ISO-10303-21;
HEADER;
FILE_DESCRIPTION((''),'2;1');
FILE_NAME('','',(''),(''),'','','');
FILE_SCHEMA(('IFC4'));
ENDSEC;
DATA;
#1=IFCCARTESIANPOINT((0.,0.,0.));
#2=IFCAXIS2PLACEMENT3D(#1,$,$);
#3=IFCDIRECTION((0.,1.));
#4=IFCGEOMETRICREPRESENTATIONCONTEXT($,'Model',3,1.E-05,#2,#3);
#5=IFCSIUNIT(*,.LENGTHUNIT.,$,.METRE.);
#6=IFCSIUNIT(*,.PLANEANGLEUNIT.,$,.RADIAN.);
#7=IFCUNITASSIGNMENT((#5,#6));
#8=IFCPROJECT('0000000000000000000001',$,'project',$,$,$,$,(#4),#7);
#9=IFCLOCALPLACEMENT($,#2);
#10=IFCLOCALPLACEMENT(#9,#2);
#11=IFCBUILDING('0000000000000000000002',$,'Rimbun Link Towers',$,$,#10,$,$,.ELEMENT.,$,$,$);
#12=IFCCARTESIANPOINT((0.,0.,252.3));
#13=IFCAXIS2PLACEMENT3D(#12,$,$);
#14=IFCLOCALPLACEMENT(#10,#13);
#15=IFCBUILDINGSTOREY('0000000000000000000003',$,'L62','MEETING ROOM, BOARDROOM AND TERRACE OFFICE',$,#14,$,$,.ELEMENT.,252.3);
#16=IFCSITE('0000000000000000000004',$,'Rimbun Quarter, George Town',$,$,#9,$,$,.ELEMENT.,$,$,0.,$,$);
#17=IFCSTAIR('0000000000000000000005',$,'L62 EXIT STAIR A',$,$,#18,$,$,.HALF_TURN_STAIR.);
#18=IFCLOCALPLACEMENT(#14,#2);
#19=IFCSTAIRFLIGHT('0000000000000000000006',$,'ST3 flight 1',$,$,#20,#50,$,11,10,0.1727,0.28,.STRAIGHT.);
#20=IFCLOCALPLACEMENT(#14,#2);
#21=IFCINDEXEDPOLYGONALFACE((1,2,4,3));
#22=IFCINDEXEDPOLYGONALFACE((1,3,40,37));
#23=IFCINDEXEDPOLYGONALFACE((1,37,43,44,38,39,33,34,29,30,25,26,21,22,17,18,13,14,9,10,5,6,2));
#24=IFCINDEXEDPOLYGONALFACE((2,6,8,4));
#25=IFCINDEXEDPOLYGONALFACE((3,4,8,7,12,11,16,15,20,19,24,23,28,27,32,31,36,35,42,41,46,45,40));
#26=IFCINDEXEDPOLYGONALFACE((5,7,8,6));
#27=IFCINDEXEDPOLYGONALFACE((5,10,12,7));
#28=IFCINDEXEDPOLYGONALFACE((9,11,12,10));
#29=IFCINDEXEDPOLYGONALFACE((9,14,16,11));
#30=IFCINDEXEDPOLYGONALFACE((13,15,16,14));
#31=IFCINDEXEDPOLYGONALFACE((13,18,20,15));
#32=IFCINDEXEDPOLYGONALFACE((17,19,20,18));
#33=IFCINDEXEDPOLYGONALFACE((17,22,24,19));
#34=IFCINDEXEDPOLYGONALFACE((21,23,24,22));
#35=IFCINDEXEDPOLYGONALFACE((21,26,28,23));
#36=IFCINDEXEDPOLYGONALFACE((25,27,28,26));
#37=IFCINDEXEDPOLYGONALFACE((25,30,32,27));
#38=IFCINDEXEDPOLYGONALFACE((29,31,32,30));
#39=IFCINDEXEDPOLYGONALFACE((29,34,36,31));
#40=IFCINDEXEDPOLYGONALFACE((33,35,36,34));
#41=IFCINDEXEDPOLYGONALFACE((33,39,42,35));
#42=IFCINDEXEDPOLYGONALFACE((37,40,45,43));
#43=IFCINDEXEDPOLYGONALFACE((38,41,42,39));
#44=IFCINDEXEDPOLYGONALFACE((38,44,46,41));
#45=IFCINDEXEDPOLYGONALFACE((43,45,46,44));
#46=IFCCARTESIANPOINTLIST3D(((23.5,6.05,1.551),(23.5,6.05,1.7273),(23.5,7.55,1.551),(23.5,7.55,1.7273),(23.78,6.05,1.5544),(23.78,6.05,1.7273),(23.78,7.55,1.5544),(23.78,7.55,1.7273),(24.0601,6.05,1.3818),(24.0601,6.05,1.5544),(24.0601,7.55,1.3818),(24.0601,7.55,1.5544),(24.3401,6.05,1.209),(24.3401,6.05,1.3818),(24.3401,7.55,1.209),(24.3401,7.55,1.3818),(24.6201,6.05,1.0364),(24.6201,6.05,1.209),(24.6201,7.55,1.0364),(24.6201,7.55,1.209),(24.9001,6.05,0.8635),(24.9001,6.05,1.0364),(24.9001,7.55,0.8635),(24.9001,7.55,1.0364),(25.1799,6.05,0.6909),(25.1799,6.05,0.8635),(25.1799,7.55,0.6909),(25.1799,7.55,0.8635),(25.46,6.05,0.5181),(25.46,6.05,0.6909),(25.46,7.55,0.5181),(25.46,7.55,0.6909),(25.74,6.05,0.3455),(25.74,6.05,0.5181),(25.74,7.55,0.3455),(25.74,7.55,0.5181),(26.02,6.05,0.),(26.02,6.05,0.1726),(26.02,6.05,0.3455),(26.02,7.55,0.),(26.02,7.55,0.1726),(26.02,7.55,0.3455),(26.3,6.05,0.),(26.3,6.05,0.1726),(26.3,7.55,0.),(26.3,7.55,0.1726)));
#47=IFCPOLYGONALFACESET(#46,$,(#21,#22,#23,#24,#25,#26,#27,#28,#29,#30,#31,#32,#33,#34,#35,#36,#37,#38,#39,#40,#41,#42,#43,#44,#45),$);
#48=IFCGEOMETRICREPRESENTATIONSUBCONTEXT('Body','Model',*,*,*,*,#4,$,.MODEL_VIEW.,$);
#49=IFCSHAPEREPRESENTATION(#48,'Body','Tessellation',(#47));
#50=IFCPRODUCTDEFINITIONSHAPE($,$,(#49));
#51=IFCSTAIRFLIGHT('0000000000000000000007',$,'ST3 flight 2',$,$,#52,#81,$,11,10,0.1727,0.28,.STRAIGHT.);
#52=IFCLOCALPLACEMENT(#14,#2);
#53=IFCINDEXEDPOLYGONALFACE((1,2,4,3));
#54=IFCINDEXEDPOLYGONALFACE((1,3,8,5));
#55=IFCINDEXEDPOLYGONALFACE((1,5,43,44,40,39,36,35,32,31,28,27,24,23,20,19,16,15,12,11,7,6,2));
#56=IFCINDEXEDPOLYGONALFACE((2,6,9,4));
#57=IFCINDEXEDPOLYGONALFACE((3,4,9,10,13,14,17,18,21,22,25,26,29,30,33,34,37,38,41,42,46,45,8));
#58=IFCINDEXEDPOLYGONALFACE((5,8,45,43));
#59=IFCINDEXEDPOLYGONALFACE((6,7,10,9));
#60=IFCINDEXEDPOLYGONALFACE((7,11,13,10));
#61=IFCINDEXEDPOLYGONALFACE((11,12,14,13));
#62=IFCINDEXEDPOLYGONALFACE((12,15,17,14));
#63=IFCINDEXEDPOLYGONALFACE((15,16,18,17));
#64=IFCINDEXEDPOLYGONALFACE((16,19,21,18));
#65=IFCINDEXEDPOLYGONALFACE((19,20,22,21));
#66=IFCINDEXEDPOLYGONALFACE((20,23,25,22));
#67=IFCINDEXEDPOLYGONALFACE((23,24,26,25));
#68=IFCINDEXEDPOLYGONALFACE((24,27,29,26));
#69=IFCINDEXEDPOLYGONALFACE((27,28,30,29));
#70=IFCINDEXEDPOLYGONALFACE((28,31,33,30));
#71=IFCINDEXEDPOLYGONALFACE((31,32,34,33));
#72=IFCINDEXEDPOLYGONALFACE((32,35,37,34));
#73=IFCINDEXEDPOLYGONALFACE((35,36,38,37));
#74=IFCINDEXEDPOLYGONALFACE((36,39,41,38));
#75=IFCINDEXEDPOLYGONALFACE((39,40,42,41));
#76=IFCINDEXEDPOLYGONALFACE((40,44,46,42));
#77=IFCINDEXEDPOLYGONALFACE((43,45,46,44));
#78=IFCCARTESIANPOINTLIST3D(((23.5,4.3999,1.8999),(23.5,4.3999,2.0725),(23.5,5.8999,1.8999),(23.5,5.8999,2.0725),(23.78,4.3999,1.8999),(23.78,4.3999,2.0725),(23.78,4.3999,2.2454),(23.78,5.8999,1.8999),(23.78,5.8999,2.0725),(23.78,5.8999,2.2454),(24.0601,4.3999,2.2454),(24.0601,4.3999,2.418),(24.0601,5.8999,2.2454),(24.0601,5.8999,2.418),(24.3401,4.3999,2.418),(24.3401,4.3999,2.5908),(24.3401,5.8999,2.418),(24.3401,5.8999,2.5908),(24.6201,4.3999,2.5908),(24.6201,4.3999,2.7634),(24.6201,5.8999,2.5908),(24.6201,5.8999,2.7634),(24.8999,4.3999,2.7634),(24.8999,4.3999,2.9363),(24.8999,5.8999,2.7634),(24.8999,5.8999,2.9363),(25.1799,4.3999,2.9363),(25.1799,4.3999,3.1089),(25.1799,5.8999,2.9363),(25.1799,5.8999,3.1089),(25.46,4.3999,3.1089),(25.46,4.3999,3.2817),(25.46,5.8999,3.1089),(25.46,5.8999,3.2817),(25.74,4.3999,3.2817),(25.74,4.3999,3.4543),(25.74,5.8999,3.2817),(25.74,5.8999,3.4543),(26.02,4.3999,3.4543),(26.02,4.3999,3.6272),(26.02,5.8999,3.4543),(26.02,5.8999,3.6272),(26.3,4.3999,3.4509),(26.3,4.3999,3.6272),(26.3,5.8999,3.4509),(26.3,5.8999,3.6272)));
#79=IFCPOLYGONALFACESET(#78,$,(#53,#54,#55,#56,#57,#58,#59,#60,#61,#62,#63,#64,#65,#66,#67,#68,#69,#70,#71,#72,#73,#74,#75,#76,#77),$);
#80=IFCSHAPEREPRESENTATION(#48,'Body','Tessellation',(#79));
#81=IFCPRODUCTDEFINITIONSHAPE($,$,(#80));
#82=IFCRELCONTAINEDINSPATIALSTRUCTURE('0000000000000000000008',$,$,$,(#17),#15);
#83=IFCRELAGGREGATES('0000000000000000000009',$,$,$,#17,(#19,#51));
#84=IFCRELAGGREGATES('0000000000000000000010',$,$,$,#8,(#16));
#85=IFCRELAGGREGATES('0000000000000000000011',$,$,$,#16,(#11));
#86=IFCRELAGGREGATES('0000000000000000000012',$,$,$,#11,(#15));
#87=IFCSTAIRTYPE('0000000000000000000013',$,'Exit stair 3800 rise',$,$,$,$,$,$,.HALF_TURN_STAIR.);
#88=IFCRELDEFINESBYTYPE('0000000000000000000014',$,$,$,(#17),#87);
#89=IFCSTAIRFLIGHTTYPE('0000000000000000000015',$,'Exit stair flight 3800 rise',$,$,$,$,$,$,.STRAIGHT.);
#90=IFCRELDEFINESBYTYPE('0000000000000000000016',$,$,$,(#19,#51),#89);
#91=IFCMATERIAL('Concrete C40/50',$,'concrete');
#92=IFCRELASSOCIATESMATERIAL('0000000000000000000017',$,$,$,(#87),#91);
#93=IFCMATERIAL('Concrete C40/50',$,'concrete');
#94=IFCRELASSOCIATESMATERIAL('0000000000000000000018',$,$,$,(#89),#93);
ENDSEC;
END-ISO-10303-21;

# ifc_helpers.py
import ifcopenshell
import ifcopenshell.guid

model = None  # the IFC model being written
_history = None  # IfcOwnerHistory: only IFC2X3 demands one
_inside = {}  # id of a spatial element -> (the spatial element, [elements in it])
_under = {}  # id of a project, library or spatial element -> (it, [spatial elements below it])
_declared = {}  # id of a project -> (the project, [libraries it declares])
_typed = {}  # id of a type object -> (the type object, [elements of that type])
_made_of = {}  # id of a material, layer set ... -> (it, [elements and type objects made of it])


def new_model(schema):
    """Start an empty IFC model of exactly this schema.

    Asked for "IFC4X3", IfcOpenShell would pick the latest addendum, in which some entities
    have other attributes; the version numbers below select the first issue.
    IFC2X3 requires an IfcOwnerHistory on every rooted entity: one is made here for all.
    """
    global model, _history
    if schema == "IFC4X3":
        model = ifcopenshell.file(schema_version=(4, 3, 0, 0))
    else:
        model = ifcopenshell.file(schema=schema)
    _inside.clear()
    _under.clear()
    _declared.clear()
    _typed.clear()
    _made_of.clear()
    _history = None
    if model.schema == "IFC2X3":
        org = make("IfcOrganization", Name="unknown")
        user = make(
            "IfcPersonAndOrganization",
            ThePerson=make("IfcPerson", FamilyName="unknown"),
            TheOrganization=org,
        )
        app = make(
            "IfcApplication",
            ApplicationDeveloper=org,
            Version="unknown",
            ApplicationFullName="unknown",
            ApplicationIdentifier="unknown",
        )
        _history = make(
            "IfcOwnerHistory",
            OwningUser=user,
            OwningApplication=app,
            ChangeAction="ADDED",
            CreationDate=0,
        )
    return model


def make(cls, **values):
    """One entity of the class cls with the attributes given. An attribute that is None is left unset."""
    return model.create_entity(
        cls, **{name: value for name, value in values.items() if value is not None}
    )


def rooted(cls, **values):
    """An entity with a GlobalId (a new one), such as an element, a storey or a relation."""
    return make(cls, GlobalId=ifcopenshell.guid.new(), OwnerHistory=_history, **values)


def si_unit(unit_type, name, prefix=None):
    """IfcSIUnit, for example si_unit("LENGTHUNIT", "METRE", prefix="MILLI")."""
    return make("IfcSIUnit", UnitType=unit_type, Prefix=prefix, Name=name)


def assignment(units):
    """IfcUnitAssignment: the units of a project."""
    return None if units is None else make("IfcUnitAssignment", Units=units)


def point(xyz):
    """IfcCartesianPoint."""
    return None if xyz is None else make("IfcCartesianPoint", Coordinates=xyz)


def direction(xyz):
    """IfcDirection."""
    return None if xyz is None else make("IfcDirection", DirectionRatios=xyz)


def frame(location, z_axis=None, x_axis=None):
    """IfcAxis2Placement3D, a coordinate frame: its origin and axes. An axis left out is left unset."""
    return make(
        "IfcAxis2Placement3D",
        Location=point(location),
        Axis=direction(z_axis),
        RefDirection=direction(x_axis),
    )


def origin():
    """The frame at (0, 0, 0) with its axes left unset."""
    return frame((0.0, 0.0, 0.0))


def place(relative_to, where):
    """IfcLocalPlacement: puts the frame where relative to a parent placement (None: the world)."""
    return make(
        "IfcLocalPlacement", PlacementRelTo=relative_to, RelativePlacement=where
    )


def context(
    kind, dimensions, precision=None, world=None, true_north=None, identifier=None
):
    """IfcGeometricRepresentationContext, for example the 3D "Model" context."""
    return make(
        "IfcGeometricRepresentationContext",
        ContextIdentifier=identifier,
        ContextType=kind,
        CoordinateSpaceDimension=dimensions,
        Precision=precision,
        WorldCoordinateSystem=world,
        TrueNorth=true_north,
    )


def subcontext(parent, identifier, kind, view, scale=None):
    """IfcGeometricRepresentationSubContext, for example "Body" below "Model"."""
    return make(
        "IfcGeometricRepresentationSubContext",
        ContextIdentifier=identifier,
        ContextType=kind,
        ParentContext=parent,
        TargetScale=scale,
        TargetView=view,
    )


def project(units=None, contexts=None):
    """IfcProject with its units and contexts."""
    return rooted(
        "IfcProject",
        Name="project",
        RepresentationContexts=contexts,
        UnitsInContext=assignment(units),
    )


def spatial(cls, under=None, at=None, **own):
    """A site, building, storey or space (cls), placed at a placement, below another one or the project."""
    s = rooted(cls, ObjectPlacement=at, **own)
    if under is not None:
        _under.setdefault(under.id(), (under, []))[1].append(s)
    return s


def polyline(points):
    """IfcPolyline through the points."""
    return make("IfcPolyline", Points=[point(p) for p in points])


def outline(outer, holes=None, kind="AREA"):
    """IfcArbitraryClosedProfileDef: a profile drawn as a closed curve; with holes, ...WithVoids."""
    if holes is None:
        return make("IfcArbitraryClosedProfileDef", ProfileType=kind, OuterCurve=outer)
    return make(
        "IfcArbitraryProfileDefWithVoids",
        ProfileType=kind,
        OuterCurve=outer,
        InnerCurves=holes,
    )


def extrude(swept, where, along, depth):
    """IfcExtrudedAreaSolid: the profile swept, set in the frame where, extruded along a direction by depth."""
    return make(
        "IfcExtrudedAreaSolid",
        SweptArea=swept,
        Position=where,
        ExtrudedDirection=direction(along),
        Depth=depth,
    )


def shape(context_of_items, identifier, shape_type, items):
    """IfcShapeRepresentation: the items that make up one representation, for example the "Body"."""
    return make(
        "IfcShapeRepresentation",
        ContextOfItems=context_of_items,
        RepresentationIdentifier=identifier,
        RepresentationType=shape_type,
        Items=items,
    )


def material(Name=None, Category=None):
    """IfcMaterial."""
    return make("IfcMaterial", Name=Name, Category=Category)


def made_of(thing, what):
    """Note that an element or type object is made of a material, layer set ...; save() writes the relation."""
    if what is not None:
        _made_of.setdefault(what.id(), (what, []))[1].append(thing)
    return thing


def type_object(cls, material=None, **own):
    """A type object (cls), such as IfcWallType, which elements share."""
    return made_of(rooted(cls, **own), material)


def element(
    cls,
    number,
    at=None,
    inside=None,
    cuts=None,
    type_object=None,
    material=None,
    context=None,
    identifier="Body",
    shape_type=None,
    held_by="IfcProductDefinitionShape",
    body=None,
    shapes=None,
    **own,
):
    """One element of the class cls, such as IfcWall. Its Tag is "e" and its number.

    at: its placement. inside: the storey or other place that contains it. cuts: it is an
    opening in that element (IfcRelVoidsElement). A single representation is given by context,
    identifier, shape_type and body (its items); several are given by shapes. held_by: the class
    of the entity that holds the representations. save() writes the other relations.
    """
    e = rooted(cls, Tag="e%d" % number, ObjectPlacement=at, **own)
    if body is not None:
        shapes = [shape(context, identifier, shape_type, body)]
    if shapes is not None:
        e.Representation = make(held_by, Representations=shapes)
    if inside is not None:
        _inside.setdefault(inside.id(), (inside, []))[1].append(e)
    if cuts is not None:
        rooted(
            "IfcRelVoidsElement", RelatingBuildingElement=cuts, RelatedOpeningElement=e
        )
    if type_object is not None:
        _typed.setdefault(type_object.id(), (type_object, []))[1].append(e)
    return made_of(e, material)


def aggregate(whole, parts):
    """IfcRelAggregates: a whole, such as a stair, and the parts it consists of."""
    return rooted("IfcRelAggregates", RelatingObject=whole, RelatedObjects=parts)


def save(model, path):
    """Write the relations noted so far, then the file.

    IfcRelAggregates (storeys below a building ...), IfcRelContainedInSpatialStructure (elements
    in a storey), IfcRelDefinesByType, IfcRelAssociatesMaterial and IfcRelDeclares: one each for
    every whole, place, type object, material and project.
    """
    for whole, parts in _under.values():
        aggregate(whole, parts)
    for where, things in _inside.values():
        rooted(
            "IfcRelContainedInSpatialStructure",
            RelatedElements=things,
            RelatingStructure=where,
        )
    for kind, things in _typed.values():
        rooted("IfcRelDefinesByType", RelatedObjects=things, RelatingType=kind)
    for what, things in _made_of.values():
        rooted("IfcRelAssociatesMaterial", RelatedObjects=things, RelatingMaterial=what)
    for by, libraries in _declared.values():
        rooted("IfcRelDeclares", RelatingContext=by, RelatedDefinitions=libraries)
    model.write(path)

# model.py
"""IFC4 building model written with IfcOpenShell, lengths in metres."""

from ifc_helpers import new_model, si_unit, direction, frame, origin, place, context, subcontext, project, spatial, polyline, outline, extrude, material, type_object, element, aggregate, save


model = new_model("IFC4")

# Units and contexts
model_context = context("Model", 3, precision=1e-05, world=origin(), true_north=direction((0.0, 1.0)))
body_context = subcontext(model_context, "Body", "Model", "MODEL_VIEW")
ifc_project = project(units=[si_unit("LENGTHUNIT", "METRE"), si_unit("PLANEANGLEUNIT", "RADIAN")], contexts=[model_context])

# Site, building, storey
site_placement = place(None, origin())
site = spatial("IfcSite", under=ifc_project, at=site_placement, Name="Rimbun Quarter, George Town", CompositionType="ELEMENT", RefElevation=0.0)
building_placement = place(site_placement, origin())
building = spatial("IfcBuilding", under=site, at=building_placement, Name="Rimbun Link Towers", CompositionType="ELEMENT")
storey_placement = place(building_placement, frame((0.0, 0.0, 252.3)))
storey = spatial("IfcBuildingStorey", under=building, at=storey_placement, Name="L62", Description="MEETING ROOM, BOARDROOM AND TERRACE OFFICE", CompositionType="ELEMENT", Elevation=252.3)

# Stair, stair flights
ifc_material_1 = material(Name="Concrete C40/50", Category="concrete")
stair_type = type_object("IfcStairType", Name="Exit stair 3800 rise", PredefinedType="HALF_TURN_STAIR", material=ifc_material_1)
stair_placement = place(storey_placement, origin())
stair = element("IfcStair", 1, at=stair_placement, inside=storey, type_object=stair_type, Name="L62 EXIT STAIR A", PredefinedType="HALF_TURN_STAIR")
ifc_material_2 = material(Name="Concrete C40/50", Category="concrete")
stair_flight_type = type_object("IfcStairFlightType", Name="Exit stair flight 3800 rise", PredefinedType="STRAIGHT", material=ifc_material_2)
stair_flight_1_placement = place(storey_placement, frame((26.3, 6.8, 0.0), z_axis=(0.0, 0.0, 1.0), x_axis=(-1.0, 0.0, 0.0)))
stair_flight_1 = element("IfcStairFlight", 2, at=stair_flight_1_placement, type_object=stair_flight_type, Name="ST3 flight 1", NumberOfRisers=11, NumberOfTreads=10, PredefinedType="STRAIGHT", RiserHeight=0.1727, TreadLength=0.28, context=body_context, shape_type="SweptSolid", body=[
    extrude(outline(polyline([(0.0, 0.0), (0.0, 0.1726), (0.28, 0.1726), (0.28, 0.3455), (0.5601, 0.3455), (0.5601, 0.5181), (0.8401, 0.5181), (0.8401, 0.6909), (1.1201, 0.6909), (1.1201, 0.8635), (1.3999, 0.8635), (1.3999, 1.0364), (1.6799, 1.0364), (1.6799, 1.209), (1.96, 1.209), (1.96, 1.3818), (2.24, 1.3818), (2.24, 1.5544), (2.52, 1.5544), (2.52, 1.7273), (2.8, 1.7273), (2.8, 1.8999), (2.8, 1.551), (0.28, 0.0), (0.0, 0.0)])), frame((0.0, 0.75, 0.0), z_axis=(0.0, -1.0, 0.0), x_axis=(1.0, 0.0, 0.0)), (0.0, 0.0, 1.0), 1.5),
])
stair_flight_2_placement = place(storey_placement, frame((23.5, 5.1499, 1.8999), z_axis=(0.0, 0.0, 1.0), x_axis=(1.0, 0.0, 0.0)))
stair_flight_2 = element("IfcStairFlight", 3, at=stair_flight_2_placement, type_object=stair_flight_type, Name="ST3 flight 2", NumberOfRisers=11, NumberOfTreads=10, PredefinedType="STRAIGHT", RiserHeight=0.1727, TreadLength=0.28, context=body_context, shape_type="SweptSolid", body=[
    extrude(outline(polyline([(0.0, 0.0), (0.0, 0.1726), (0.28, 0.1726), (0.28, 0.3455), (0.5601, 0.3455), (0.5601, 0.5181), (0.8401, 0.5181), (0.8401, 0.6909), (1.1201, 0.6909), (1.1201, 0.8635), (1.3999, 0.8635), (1.3999, 1.0364), (1.6799, 1.0364), (1.6799, 1.209), (1.96, 1.209), (1.96, 1.3818), (2.24, 1.3818), (2.24, 1.5544), (2.52, 1.5544), (2.52, 1.7273), (2.8, 1.7273), (2.8, 1.8999), (2.8, 1.551), (0.28, 0.0), (0.0, 0.0)])), frame((0.0, 0.75, 0.0), z_axis=(0.0, -1.0, 0.0), x_axis=(1.0, 0.0, 0.0)), (0.0, 0.0, 1.0), 1.5),
])
aggregate(stair, [stair_flight_1, stair_flight_2])

save(model, "model.ifc")
